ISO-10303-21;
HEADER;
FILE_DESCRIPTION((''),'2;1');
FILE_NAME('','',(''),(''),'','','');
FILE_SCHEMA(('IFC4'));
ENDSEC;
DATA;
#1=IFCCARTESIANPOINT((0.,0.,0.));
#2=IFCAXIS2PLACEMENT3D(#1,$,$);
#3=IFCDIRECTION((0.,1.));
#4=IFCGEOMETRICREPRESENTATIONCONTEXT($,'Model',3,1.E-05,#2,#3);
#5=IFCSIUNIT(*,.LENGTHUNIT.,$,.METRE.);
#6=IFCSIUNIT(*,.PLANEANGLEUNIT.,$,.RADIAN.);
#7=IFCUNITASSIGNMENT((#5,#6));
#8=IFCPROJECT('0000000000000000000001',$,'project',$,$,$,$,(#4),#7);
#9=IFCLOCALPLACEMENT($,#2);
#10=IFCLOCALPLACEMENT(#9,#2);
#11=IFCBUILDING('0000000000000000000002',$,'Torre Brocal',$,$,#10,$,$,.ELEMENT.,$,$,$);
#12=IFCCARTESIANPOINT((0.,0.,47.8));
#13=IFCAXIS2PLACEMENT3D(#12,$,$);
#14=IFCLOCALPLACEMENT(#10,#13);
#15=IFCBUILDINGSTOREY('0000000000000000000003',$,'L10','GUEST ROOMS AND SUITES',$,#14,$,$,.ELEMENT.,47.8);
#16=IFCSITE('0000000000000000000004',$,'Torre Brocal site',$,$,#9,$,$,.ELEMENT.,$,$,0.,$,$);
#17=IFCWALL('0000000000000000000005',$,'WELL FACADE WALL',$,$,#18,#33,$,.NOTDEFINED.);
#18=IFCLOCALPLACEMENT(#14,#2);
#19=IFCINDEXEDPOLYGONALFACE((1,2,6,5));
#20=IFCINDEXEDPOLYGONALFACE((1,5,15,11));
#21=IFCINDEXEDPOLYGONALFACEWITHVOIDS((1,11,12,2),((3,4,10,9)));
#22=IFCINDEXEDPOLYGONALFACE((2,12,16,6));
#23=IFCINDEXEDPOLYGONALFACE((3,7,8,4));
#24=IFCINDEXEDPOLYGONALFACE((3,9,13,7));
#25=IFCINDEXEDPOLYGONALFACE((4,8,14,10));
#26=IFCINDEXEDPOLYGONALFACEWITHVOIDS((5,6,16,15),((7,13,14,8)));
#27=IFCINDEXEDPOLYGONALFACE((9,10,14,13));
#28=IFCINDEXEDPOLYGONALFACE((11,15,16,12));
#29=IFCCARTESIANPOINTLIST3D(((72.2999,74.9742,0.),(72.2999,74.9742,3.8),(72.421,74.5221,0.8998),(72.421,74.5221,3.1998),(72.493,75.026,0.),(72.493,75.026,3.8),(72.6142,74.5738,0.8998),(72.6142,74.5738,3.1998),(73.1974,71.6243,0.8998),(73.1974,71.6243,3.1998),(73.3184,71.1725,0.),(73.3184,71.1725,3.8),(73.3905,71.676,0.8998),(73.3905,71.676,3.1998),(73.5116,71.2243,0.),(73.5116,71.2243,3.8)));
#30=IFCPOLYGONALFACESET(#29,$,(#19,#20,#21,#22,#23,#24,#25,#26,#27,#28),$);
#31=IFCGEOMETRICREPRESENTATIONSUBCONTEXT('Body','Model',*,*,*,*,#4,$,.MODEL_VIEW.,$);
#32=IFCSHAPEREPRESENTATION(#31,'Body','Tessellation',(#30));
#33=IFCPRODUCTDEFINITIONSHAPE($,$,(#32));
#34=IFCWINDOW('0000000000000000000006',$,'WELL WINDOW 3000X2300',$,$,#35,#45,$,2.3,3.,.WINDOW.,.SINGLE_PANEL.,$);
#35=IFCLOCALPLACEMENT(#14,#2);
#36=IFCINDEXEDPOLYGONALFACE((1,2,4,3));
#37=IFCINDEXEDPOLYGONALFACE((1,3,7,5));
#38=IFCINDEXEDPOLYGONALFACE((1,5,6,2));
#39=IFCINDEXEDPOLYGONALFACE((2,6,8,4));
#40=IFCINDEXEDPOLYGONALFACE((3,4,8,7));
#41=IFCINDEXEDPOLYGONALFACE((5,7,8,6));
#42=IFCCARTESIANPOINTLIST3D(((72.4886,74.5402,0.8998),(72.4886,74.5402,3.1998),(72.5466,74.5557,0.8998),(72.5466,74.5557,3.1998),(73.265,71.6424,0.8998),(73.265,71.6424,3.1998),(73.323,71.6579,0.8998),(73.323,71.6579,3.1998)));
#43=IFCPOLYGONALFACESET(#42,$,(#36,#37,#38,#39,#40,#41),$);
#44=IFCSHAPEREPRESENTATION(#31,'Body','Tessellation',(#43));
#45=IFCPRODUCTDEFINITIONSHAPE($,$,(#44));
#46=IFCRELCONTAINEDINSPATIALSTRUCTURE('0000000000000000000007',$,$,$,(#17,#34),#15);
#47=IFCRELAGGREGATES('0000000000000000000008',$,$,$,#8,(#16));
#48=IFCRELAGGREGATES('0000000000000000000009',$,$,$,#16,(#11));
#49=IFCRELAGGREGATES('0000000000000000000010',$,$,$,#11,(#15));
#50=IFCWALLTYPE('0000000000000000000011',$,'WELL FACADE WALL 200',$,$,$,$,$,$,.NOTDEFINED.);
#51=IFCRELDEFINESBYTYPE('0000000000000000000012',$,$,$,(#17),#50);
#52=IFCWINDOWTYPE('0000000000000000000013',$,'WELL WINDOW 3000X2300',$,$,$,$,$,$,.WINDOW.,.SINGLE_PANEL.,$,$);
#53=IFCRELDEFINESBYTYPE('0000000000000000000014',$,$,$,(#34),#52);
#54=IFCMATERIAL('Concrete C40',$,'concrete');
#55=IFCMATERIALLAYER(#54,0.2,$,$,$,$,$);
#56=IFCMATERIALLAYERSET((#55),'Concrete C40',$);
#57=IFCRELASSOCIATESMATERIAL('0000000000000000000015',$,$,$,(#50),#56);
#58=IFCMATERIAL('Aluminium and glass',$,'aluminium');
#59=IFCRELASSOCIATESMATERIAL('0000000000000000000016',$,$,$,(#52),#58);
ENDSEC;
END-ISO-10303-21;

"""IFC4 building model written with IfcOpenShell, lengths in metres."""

from ifc_helpers import new_model, si_unit, direction, frame, frame_2d, origin, place, context, subcontext, project, spatial, rectangle, extrude, material, layer, layer_set, type_object, element, fill, save


model = new_model("IFC4")

# Units and contexts
model_context = context("Model", 3, precision=1e-05, world=origin(), true_north=direction((0.0, 1.0)))
body_context = subcontext(model_context, "Body", "Model", "MODEL_VIEW")
ifc_project = project(units=[si_unit("LENGTHUNIT", "METRE"), si_unit("PLANEANGLEUNIT", "RADIAN")], contexts=[model_context])

# Site, building, storey
site_placement = place(None, origin())
site = spatial("IfcSite", under=ifc_project, at=site_placement, Name="Torre Brocal site", CompositionType="ELEMENT", RefElevation=0.0)
building_placement = place(site_placement, origin())
building = spatial("IfcBuilding", under=site, at=building_placement, Name="Torre Brocal", CompositionType="ELEMENT")
storey_placement = place(building_placement, frame((0.0, 0.0, 47.8)))
storey = spatial("IfcBuildingStorey", under=building, at=storey_placement, Name="L10", Description="GUEST ROOMS AND SUITES", CompositionType="ELEMENT", Elevation=47.8)

# Wall, opening, window
ifc_material_1 = material(Name="Concrete C40", Category="concrete")
ifc_layer_1 = layer(ifc_material_1, 0.2)
ifc_layer_set_1 = layer_set([ifc_layer_1], Name="Concrete C40")
wall_type_1 = type_object("IfcWallType", Name="WELL FACADE WALL 200", PredefinedType="NOTDEFINED", material=ifc_layer_set_1)
ifc_material_2 = material(Name="Aluminium and glass", Category="aluminium")
window_type = type_object("IfcWindowType", Name="WELL WINDOW 3000X2300", PartitioningType="SINGLE_PANEL", PredefinedType="WINDOW", material=ifc_material_2)
wall_1_placement = place(storey_placement, frame((72.3965, 75.0, 0.0), z_axis=(0.0, 0.0, 1.0), x_axis=(0.25879, -0.965934, 0.0)))
wall_1 = element("IfcWall", 1, at=wall_1_placement, inside=storey, type_object=wall_type_1, Name="WELL FACADE WALL", PredefinedType="NOTDEFINED", context=body_context, shape_type="SweptSolid", body=[
    extrude(rectangle(XDim=3.9358, YDim=0.2, at=frame_2d((1.9678, 0.0))), origin(), (0.0, 0.0, 1.0), 3.8),
])
opening_1_placement = place(wall_1_placement, frame((0.468, 0.0, 0.8999)))
opening_1 = element("IfcOpeningElement", 2, at=opening_1_placement, cuts=wall_1, PredefinedType="OPENING", context=body_context, shape_type="SweptSolid", body=[
    extrude(rectangle(XDim=3.0, YDim=2.3, at=frame_2d((1.5, 1.1499))), frame((0.0, 0.1099, 0.0), z_axis=(0.0, -1.0, 0.0), x_axis=(1.0, 0.0, 0.0)), (0.0, 0.0, 1.0), 0.22),
])
window_1_placement = place(opening_1_placement, origin())
window_1 = element("IfcWindow", 3, at=window_1_placement, inside=storey, type_object=window_type, Name="WELL WINDOW 3000X2300", OverallHeight=2.3, OverallWidth=3.0, PartitioningType="SINGLE_PANEL", PredefinedType="WINDOW", context=body_context, shape_type="SweptSolid", body=[
    extrude(rectangle(XDim=3.0, YDim=2.3, at=frame_2d((1.5, 1.1499))), frame((0.0, 0.03, 0.0), z_axis=(0.0, -1.0, 0.0), x_axis=(1.0, 0.0, 0.0)), (0.0, 0.0, 1.0), 0.0601),
])
fill(opening_1, window_1)

save(model, "model.ifc")
